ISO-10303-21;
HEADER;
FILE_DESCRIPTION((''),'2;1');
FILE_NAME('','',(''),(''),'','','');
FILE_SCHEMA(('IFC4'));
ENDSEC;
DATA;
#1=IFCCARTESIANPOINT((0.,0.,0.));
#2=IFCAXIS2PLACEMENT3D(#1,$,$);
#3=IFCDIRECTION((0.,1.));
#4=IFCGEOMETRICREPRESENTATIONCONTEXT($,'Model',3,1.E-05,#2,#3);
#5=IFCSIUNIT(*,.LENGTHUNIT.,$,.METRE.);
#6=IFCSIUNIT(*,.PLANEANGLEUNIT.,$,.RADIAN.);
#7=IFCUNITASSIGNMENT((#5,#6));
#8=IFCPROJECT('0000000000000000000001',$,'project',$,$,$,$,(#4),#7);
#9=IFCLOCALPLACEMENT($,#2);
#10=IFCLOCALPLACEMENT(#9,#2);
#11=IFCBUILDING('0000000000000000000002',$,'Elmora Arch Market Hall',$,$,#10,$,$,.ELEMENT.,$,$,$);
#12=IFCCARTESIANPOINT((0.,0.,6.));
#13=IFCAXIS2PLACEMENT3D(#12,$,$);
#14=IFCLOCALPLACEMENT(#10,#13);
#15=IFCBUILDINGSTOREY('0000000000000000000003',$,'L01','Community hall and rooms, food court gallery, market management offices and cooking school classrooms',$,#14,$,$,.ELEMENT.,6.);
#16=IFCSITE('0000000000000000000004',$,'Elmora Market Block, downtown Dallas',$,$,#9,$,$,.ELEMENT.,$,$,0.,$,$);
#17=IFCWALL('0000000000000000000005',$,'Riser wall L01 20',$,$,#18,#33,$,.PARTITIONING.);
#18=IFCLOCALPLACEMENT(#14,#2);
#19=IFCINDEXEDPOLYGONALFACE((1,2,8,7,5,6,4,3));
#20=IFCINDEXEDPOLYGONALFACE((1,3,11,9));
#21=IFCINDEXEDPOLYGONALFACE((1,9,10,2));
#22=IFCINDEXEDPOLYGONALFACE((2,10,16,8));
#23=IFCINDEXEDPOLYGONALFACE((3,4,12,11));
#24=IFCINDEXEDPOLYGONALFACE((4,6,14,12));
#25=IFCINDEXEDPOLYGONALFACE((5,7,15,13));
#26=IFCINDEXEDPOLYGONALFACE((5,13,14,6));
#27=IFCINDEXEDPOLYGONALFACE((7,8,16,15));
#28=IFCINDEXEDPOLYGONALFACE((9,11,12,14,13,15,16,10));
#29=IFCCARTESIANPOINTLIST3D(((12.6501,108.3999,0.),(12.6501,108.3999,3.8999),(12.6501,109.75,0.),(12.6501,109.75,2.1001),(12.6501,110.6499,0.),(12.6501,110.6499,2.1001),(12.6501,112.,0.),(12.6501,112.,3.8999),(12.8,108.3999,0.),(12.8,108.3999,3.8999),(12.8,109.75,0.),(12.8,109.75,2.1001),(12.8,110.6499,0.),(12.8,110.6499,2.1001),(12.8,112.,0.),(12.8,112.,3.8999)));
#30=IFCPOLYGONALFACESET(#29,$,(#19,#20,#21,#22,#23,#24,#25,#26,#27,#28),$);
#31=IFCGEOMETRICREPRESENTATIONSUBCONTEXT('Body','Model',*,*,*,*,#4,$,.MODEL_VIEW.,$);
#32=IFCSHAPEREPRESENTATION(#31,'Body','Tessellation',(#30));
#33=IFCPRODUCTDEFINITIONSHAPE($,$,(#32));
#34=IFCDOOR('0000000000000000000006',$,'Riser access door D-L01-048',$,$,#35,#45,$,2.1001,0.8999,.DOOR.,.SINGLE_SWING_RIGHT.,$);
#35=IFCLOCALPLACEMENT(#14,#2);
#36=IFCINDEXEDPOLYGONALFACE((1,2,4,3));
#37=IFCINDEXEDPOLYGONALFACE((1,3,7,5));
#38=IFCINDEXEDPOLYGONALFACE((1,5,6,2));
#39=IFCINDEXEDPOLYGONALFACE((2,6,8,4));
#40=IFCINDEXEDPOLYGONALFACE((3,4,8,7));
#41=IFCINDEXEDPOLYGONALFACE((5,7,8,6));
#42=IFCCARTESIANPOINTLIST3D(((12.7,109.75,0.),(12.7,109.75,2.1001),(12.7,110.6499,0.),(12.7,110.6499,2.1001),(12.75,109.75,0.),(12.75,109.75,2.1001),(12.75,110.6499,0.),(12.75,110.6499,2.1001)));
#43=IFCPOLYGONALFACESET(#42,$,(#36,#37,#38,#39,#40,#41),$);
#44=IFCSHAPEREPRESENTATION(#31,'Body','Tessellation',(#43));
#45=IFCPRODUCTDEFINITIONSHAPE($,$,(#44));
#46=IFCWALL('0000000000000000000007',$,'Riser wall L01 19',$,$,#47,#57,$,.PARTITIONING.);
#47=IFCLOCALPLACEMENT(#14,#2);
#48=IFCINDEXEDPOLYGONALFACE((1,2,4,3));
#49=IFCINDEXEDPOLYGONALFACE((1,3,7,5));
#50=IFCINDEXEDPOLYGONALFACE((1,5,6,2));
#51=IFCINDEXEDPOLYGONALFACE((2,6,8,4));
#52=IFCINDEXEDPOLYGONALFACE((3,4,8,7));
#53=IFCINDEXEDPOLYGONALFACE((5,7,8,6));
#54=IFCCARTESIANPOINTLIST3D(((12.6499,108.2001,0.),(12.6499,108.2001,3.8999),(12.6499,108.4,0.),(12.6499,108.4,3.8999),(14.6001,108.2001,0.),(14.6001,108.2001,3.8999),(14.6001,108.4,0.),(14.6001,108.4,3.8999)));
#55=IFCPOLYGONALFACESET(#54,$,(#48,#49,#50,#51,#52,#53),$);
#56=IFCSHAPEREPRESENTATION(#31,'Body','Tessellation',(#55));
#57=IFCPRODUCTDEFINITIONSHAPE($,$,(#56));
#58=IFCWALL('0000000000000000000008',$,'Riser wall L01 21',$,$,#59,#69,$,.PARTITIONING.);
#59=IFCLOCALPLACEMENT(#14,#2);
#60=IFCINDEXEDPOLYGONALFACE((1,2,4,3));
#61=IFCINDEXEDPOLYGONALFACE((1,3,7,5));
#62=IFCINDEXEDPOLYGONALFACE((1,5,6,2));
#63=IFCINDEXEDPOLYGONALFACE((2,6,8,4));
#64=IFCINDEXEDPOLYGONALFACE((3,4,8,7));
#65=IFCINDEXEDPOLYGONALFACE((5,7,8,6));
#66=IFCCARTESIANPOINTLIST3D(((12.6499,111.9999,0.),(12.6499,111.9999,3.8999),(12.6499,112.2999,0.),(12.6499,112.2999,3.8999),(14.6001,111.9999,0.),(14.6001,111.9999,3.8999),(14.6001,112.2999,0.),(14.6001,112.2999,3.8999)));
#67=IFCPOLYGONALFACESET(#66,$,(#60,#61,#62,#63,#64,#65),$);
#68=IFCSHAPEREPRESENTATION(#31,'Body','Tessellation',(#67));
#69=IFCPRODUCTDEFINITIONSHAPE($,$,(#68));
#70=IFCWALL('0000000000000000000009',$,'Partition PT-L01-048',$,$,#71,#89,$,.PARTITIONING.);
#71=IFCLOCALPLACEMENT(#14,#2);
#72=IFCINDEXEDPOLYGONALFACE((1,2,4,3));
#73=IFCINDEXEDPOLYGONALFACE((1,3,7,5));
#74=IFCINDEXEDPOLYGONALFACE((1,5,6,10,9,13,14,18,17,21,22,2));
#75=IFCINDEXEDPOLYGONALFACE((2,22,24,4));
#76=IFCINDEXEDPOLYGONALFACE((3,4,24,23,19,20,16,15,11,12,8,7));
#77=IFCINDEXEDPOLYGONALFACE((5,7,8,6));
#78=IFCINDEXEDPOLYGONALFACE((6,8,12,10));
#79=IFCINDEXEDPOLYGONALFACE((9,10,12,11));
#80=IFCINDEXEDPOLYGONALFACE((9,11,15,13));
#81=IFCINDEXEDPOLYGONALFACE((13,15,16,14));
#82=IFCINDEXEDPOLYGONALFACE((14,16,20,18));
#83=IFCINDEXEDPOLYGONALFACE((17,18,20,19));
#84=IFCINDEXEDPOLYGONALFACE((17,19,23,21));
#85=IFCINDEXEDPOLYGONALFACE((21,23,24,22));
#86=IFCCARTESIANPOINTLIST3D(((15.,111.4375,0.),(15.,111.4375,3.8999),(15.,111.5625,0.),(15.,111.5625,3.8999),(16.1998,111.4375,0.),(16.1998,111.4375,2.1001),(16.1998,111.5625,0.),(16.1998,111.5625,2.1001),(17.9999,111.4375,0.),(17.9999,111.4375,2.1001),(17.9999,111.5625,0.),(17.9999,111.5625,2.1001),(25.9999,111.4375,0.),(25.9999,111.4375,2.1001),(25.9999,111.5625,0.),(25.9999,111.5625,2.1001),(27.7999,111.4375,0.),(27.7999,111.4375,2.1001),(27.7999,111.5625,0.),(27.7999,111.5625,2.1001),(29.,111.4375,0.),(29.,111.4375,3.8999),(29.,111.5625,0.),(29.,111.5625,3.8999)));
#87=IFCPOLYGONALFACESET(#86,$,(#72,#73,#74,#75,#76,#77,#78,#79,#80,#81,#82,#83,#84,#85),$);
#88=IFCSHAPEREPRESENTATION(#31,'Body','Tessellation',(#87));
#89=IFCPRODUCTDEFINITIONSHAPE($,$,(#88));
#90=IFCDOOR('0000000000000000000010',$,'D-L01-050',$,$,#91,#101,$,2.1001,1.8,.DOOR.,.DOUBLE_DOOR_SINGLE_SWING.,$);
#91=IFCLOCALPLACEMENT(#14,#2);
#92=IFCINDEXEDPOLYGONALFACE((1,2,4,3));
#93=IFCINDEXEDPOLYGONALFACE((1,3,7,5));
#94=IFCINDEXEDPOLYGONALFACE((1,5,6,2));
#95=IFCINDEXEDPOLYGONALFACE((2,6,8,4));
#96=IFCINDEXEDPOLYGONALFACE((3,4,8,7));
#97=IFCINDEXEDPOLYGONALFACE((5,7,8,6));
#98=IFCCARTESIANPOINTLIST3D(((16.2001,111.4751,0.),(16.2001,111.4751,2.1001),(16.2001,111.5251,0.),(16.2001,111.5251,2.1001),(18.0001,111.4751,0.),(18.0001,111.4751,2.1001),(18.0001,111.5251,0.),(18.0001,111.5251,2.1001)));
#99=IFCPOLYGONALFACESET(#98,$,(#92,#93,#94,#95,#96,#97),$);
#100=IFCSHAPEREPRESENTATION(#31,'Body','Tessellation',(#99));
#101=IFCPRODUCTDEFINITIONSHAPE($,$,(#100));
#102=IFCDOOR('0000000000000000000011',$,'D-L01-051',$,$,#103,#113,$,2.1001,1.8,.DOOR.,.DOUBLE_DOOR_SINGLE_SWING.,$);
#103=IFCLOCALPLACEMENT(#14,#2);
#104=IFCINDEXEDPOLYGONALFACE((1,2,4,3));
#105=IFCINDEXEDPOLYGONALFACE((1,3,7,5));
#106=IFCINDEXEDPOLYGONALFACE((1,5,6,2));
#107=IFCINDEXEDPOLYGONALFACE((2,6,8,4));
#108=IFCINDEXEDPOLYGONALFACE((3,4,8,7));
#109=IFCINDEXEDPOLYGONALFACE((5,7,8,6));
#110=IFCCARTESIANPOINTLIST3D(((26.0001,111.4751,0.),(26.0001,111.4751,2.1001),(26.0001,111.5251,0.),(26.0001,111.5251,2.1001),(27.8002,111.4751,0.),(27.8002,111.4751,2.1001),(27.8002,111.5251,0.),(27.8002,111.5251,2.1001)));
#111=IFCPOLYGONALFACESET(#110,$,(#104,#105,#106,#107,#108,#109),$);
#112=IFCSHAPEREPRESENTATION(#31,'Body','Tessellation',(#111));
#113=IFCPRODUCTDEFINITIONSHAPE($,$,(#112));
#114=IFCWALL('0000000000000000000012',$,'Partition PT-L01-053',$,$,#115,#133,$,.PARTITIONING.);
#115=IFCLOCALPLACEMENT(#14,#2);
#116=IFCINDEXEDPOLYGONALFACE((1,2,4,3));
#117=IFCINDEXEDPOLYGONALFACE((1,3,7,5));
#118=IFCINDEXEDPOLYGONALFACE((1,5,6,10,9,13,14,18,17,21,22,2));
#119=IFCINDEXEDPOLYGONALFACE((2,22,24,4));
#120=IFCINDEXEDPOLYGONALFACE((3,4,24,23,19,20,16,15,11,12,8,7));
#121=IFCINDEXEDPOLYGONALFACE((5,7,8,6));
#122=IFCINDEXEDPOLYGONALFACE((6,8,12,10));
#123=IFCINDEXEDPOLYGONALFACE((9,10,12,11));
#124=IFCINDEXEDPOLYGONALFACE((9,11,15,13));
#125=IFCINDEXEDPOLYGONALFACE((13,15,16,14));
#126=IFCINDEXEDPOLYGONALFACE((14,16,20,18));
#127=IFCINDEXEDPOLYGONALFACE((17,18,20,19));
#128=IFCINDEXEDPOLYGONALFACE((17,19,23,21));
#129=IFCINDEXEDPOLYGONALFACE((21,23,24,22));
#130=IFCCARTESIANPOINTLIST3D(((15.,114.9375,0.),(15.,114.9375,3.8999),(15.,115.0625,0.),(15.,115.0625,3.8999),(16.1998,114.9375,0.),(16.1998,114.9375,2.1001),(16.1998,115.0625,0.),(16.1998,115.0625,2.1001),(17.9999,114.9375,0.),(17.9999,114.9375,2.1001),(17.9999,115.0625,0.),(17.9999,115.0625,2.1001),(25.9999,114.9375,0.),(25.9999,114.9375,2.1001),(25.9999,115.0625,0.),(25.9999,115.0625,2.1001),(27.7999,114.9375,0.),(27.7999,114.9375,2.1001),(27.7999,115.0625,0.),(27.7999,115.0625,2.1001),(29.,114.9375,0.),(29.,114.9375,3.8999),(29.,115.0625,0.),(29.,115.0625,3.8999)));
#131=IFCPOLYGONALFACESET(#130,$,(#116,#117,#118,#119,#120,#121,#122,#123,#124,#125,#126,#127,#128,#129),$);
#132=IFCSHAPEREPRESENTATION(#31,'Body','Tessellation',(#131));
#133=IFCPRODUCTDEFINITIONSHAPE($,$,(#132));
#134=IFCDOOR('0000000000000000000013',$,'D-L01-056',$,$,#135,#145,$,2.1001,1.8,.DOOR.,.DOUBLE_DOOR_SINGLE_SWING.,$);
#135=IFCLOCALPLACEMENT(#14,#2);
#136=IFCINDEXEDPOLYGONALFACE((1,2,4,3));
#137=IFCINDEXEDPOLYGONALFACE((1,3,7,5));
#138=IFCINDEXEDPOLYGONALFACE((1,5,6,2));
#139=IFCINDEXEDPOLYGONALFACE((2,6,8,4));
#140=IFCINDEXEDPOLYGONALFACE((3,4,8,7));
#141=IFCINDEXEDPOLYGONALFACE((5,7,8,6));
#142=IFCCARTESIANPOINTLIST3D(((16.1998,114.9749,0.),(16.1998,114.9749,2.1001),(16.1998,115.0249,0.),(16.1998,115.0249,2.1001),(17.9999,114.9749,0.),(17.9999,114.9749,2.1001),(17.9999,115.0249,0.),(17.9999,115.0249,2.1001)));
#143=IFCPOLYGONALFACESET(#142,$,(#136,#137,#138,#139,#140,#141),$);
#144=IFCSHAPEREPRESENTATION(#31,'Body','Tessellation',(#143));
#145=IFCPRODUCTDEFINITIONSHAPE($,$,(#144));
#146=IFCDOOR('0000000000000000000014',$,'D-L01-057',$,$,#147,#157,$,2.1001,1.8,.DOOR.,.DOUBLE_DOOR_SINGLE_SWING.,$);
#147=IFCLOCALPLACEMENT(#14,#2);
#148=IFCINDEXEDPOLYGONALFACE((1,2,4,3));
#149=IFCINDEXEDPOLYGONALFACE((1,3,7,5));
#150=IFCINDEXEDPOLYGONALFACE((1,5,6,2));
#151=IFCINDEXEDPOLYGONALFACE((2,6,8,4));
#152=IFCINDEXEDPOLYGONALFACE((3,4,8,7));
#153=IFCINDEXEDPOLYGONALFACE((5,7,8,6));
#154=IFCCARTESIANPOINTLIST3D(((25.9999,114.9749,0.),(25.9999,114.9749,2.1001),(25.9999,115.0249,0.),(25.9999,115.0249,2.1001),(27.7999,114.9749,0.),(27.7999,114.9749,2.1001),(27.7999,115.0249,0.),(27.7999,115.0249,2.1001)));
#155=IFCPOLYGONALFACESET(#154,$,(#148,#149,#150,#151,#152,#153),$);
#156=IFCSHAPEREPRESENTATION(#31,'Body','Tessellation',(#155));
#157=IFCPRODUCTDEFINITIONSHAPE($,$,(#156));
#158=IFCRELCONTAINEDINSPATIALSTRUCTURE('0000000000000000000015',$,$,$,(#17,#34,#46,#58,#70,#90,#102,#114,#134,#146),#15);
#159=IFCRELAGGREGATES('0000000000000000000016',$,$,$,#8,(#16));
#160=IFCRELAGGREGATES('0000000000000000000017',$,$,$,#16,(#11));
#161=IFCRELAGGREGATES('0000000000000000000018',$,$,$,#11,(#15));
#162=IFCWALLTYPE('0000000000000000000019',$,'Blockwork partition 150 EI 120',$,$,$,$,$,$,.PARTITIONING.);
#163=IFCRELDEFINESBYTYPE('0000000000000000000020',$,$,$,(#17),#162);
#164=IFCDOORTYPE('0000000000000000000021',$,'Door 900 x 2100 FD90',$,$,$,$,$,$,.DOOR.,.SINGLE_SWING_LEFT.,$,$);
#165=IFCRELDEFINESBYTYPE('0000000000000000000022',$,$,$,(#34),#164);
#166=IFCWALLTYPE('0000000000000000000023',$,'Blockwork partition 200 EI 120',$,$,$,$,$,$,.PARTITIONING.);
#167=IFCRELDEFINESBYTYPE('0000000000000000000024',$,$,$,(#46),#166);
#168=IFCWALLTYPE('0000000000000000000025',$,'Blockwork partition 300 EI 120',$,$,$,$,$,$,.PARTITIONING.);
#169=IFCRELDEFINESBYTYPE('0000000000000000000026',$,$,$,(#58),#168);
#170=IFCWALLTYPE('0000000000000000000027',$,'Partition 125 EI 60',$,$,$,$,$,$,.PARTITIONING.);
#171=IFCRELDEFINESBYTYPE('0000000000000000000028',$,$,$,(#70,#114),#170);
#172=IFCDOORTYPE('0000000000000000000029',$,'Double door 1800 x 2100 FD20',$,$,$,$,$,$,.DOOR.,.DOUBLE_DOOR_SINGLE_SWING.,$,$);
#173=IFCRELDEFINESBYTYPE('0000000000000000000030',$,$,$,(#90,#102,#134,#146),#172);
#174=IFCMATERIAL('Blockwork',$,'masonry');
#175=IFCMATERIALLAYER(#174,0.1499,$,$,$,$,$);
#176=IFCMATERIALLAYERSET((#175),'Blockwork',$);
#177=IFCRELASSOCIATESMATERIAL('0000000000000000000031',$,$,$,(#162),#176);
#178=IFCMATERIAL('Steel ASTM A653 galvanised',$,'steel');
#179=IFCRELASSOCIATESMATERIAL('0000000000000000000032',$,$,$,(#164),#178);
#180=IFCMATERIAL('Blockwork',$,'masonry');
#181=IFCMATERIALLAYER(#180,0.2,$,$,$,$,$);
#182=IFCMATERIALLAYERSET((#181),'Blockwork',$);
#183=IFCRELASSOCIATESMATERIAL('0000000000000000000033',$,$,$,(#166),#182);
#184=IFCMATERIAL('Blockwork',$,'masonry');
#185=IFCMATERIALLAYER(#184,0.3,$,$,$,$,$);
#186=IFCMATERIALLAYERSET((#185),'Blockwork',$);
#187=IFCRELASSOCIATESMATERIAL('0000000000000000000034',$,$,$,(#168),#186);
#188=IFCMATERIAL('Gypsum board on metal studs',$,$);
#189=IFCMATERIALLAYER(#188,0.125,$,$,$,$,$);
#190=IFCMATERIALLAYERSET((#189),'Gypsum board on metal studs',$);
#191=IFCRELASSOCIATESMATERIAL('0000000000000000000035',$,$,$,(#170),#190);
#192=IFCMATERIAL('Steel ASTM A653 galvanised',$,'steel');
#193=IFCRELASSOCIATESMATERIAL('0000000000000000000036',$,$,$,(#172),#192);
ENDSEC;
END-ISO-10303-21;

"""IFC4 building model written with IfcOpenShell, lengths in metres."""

from ifc_helpers import new_model, si_unit, direction, frame, frame_2d, origin, place, context, subcontext, project, spatial, rectangle, extrude, material, layer, layer_set, type_object, element, fill, save


model = new_model("IFC4")

# Units and contexts
model_context = context("Model", 3, precision=1e-05, world=origin(), true_north=direction((0.0, 1.0)))
body_context = subcontext(model_context, "Body", "Model", "MODEL_VIEW")
ifc_project = project(units=[si_unit("LENGTHUNIT", "METRE"), si_unit("PLANEANGLEUNIT", "RADIAN")], contexts=[model_context])

# Site, building, storey
site_placement = place(None, origin())
site = spatial("IfcSite", under=ifc_project, at=site_placement, Name="Elmora Market Block, downtown Dallas", CompositionType="ELEMENT", RefElevation=0.0)
building_placement = place(site_placement, origin())
building = spatial("IfcBuilding", under=site, at=building_placement, Name="Elmora Arch Market Hall", CompositionType="ELEMENT")
storey_placement = place(building_placement, frame((0.0, 0.0, 6.0)))
storey = spatial("IfcBuildingStorey", under=building, at=storey_placement, Name="L01", Description="Community hall and rooms, food court gallery, market management offices and cooking school classrooms", CompositionType="ELEMENT", Elevation=6.0)

# Wall, opening, door
ifc_material_1 = material(Name="Blockwork", Category="masonry")
ifc_layer_1 = layer(ifc_material_1, 0.1499)
ifc_layer_set_1 = layer_set([ifc_layer_1], Name="Blockwork")
wall_type_1 = type_object("IfcWallType", Name="Blockwork partition 150 EI 120", PredefinedType="PARTITIONING", material=ifc_layer_set_1)
ifc_material_2 = material(Name="Steel ASTM A653 galvanised", Category="steel")
door_type_1 = type_object("IfcDoorType", Name="Door 900 x 2100 FD90", OperationType="SINGLE_SWING_LEFT", PredefinedType="DOOR", material=ifc_material_2)
wall_1_placement = place(storey_placement, frame((12.7251, 108.3999, 0.0), z_axis=(0.0, 0.0, 1.0), x_axis=(0.0, 1.0, 0.0)))
wall_1 = element("IfcWall", 1, at=wall_1_placement, inside=storey, type_object=wall_type_1, Name="Riser wall L01 20", PredefinedType="PARTITIONING", context=body_context, shape_type="SweptSolid", body=[
    extrude(rectangle(XDim=3.6001, YDim=0.1499, at=frame_2d((1.8, 0.0))), origin(), (0.0, 0.0, 1.0), 3.8999),
])
opening_1_placement = place(wall_1_placement, frame((1.3501, 0.0, 0.0)))
opening_1 = element("IfcOpeningElement", 2, at=opening_1_placement, cuts=wall_1, PredefinedType="OPENING", context=body_context, shape_type="SweptSolid", body=[
    extrude(rectangle(XDim=0.8999, YDim=2.1001, at=frame_2d((0.45, 1.05))), frame((0.0, 0.085, 0.0), z_axis=(0.0, -1.0, 0.0), x_axis=(1.0, 0.0, 0.0)), (0.0, 0.0, 1.0), 0.1699),
])
door_1_placement = place(opening_1_placement, frame((0.8999, 0.0, 0.0), z_axis=(0.0, 0.0, 1.0), x_axis=(-1.0, 0.0, 0.0)))
door_1 = element("IfcDoor", 3, at=door_1_placement, inside=storey, type_object=door_type_1, Name="Riser access door D-L01-048", OperationType="SINGLE_SWING_RIGHT", OverallHeight=2.1001, OverallWidth=0.8999, PredefinedType="DOOR", context=body_context, shape_type="SweptSolid", body=[
    extrude(rectangle(XDim=0.8999, YDim=2.1001, at=frame_2d((0.45, 1.05))), frame((0.0, 0.0249, 0.0), z_axis=(0.0, -1.0, 0.0), x_axis=(1.0, 0.0, 0.0)), (0.0, 0.0, 1.0), 0.05),
])
fill(opening_1, door_1)

# Walls
ifc_material_3 = material(Name="Blockwork", Category="masonry")
ifc_layer_2 = layer(ifc_material_3, 0.2)
ifc_layer_set_2 = layer_set([ifc_layer_2], Name="Blockwork")
wall_type_2 = type_object("IfcWallType", Name="Blockwork partition 200 EI 120", PredefinedType="PARTITIONING", material=ifc_layer_set_2)
wall_2_placement = place(storey_placement, frame((12.6499, 108.3, 0.0), z_axis=(0.0, 0.0, 1.0), x_axis=(1.0, 0.0, 0.0)))
element("IfcWall", 4, at=wall_2_placement, inside=storey, type_object=wall_type_2, Name="Riser wall L01 19", PredefinedType="PARTITIONING", context=body_context, shape_type="SweptSolid", body=[
    extrude(rectangle(XDim=1.9502, YDim=0.2, at=frame_2d((0.9751, 0.0))), origin(), (0.0, 0.0, 1.0), 3.8999),
])
ifc_material_4 = material(Name="Blockwork", Category="masonry")
ifc_layer_3 = layer(ifc_material_4, 0.3)
ifc_layer_set_3 = layer_set([ifc_layer_3], Name="Blockwork")
wall_type_3 = type_object("IfcWallType", Name="Blockwork partition 300 EI 120", PredefinedType="PARTITIONING", material=ifc_layer_set_3)
wall_3_placement = place(storey_placement, frame((12.6499, 112.1499, 0.0), z_axis=(0.0, 0.0, 1.0), x_axis=(1.0, 0.0, 0.0)))
element("IfcWall", 5, at=wall_3_placement, inside=storey, type_object=wall_type_3, Name="Riser wall L01 21", PredefinedType="PARTITIONING", context=body_context, shape_type="SweptSolid", body=[
    extrude(rectangle(XDim=1.9502, YDim=0.3, at=frame_2d((0.9751, 0.0))), origin(), (0.0, 0.0, 1.0), 3.8999),
])

# Walls, openings, doors
ifc_material_5 = material(Name="Gypsum board on metal studs")
ifc_layer_4 = layer(ifc_material_5, 0.125)
ifc_layer_set_4 = layer_set([ifc_layer_4], Name="Gypsum board on metal studs")
wall_type_4 = type_object("IfcWallType", Name="Partition 125 EI 60", PredefinedType="PARTITIONING", material=ifc_layer_set_4)
wall_4_placement = place(storey_placement, frame((15.0, 111.5, 0.0), z_axis=(0.0, 0.0, 1.0), x_axis=(1.0, 0.0, 0.0)))
wall_4 = element("IfcWall", 6, at=wall_4_placement, inside=storey, type_object=wall_type_4, Name="Partition PT-L01-048", PredefinedType="PARTITIONING", context=body_context, shape_type="SweptSolid", body=[
    extrude(rectangle(XDim=14.0, YDim=0.125, at=frame_2d((7.0, 0.0))), origin(), (0.0, 0.0, 1.0), 3.8999),
])
opening_2_placement = place(wall_4_placement, frame((1.2, 0.0, 0.0)))
opening_2 = element("IfcOpeningElement", 7, at=opening_2_placement, cuts=wall_4, PredefinedType="OPENING", context=body_context, shape_type="SweptSolid", body=[
    extrude(rectangle(XDim=1.8, YDim=2.1001, at=frame_2d((0.8999, 1.05))), frame((0.0, 0.0725, 0.0), z_axis=(0.0, -1.0, 0.0), x_axis=(1.0, 0.0, 0.0)), (0.0, 0.0, 1.0), 0.145),
])
opening_3_placement = place(wall_4_placement, frame((11.0, 0.0, 0.0)))
opening_3 = element("IfcOpeningElement", 8, at=opening_3_placement, cuts=wall_4, PredefinedType="OPENING", context=body_context, shape_type="SweptSolid", body=[
    extrude(rectangle(XDim=1.8, YDim=2.1001, at=frame_2d((0.8999, 1.05))), frame((0.0, 0.0725, 0.0), z_axis=(0.0, -1.0, 0.0), x_axis=(1.0, 0.0, 0.0)), (0.0, 0.0, 1.0), 0.145),
])
ifc_material_6 = material(Name="Steel ASTM A653 galvanised", Category="steel")
door_type_2 = type_object("IfcDoorType", Name="Double door 1800 x 2100 FD20", OperationType="DOUBLE_DOOR_SINGLE_SWING", PredefinedType="DOOR", material=ifc_material_6)
door_2_placement = place(opening_2_placement, frame((1.8, 0.0, 0.0), z_axis=(0.0, 0.0, 1.0), x_axis=(-1.0, 0.0, 0.0)))
door_2 = element("IfcDoor", 9, at=door_2_placement, inside=storey, type_object=door_type_2, Name="D-L01-050", OperationType="DOUBLE_DOOR_SINGLE_SWING", OverallHeight=2.1001, OverallWidth=1.8, PredefinedType="DOOR", context=body_context, shape_type="SweptSolid", body=[
    extrude(rectangle(XDim=1.8, YDim=2.1001, at=frame_2d((0.8999, 1.05))), frame((0.0, 0.0249, 0.0), z_axis=(0.0, -1.0, 0.0), x_axis=(1.0, 0.0, 0.0)), (0.0, 0.0, 1.0), 0.05),
])
fill(opening_2, door_2)
door_3_placement = place(opening_3_placement, frame((1.8, 0.0, 0.0), z_axis=(0.0, 0.0, 1.0), x_axis=(-1.0, 0.0, 0.0)))
door_3 = element("IfcDoor", 10, at=door_3_placement, inside=storey, type_object=door_type_2, Name="D-L01-051", OperationType="DOUBLE_DOOR_SINGLE_SWING", OverallHeight=2.1001, OverallWidth=1.8, PredefinedType="DOOR", context=body_context, shape_type="SweptSolid", body=[
    extrude(rectangle(XDim=1.8, YDim=2.1001, at=frame_2d((0.8999, 1.05))), frame((0.0, 0.0249, 0.0), z_axis=(0.0, -1.0, 0.0), x_axis=(1.0, 0.0, 0.0)), (0.0, 0.0, 1.0), 0.05),
])
fill(opening_3, door_3)
wall_5_placement = place(storey_placement, frame((15.0, 115.0, 0.0), z_axis=(0.0, 0.0, 1.0), x_axis=(1.0, 0.0, 0.0)))
wall_5 = element("IfcWall", 11, at=wall_5_placement, inside=storey, type_object=wall_type_4, Name="Partition PT-L01-053", PredefinedType="PARTITIONING", context=body_context, shape_type="SweptSolid", body=[
    extrude(rectangle(XDim=14.0, YDim=0.125, at=frame_2d((7.0, 0.0))), origin(), (0.0, 0.0, 1.0), 3.8999),
])
opening_4_placement = place(wall_5_placement, frame((1.2, 0.0, 0.0)))
opening_4 = element("IfcOpeningElement", 12, at=opening_4_placement, cuts=wall_5, PredefinedType="OPENING", context=body_context, shape_type="SweptSolid", body=[
    extrude(rectangle(XDim=1.8, YDim=2.1001, at=frame_2d((0.8999, 1.05))), frame((0.0, 0.0725, 0.0), z_axis=(0.0, -1.0, 0.0), x_axis=(1.0, 0.0, 0.0)), (0.0, 0.0, 1.0), 0.145),
])
opening_5_placement = place(wall_5_placement, frame((11.0, 0.0, 0.0)))
opening_5 = element("IfcOpeningElement", 13, at=opening_5_placement, cuts=wall_5, PredefinedType="OPENING", context=body_context, shape_type="SweptSolid", body=[
    extrude(rectangle(XDim=1.8, YDim=2.1001, at=frame_2d((0.8999, 1.05))), frame((0.0, 0.0725, 0.0), z_axis=(0.0, -1.0, 0.0), x_axis=(1.0, 0.0, 0.0)), (0.0, 0.0, 1.0), 0.145),
])
door_4_placement = place(opening_4_placement, origin())
door_4 = element("IfcDoor", 14, at=door_4_placement, inside=storey, type_object=door_type_2, Name="D-L01-056", OperationType="DOUBLE_DOOR_SINGLE_SWING", OverallHeight=2.1001, OverallWidth=1.8, PredefinedType="DOOR", context=body_context, shape_type="SweptSolid", body=[
    extrude(rectangle(XDim=1.8, YDim=2.1001, at=frame_2d((0.8999, 1.05))), frame((0.0, 0.0249, 0.0), z_axis=(0.0, -1.0, 0.0), x_axis=(1.0, 0.0, 0.0)), (0.0, 0.0, 1.0), 0.05),
])
fill(opening_4, door_4)
door_5_placement = place(opening_5_placement, origin())
door_5 = element("IfcDoor", 15, at=door_5_placement, inside=storey, type_object=door_type_2, Name="D-L01-057", OperationType="DOUBLE_DOOR_SINGLE_SWING", OverallHeight=2.1001, OverallWidth=1.8, PredefinedType="DOOR", context=body_context, shape_type="SweptSolid", body=[
    extrude(rectangle(XDim=1.8, YDim=2.1001, at=frame_2d((0.8999, 1.05))), frame((0.0, 0.0249, 0.0), z_axis=(0.0, -1.0, 0.0), x_axis=(1.0, 0.0, 0.0)), (0.0, 0.0, 1.0), 0.05),
])
fill(opening_5, door_5)

save(model, "model.ifc")
